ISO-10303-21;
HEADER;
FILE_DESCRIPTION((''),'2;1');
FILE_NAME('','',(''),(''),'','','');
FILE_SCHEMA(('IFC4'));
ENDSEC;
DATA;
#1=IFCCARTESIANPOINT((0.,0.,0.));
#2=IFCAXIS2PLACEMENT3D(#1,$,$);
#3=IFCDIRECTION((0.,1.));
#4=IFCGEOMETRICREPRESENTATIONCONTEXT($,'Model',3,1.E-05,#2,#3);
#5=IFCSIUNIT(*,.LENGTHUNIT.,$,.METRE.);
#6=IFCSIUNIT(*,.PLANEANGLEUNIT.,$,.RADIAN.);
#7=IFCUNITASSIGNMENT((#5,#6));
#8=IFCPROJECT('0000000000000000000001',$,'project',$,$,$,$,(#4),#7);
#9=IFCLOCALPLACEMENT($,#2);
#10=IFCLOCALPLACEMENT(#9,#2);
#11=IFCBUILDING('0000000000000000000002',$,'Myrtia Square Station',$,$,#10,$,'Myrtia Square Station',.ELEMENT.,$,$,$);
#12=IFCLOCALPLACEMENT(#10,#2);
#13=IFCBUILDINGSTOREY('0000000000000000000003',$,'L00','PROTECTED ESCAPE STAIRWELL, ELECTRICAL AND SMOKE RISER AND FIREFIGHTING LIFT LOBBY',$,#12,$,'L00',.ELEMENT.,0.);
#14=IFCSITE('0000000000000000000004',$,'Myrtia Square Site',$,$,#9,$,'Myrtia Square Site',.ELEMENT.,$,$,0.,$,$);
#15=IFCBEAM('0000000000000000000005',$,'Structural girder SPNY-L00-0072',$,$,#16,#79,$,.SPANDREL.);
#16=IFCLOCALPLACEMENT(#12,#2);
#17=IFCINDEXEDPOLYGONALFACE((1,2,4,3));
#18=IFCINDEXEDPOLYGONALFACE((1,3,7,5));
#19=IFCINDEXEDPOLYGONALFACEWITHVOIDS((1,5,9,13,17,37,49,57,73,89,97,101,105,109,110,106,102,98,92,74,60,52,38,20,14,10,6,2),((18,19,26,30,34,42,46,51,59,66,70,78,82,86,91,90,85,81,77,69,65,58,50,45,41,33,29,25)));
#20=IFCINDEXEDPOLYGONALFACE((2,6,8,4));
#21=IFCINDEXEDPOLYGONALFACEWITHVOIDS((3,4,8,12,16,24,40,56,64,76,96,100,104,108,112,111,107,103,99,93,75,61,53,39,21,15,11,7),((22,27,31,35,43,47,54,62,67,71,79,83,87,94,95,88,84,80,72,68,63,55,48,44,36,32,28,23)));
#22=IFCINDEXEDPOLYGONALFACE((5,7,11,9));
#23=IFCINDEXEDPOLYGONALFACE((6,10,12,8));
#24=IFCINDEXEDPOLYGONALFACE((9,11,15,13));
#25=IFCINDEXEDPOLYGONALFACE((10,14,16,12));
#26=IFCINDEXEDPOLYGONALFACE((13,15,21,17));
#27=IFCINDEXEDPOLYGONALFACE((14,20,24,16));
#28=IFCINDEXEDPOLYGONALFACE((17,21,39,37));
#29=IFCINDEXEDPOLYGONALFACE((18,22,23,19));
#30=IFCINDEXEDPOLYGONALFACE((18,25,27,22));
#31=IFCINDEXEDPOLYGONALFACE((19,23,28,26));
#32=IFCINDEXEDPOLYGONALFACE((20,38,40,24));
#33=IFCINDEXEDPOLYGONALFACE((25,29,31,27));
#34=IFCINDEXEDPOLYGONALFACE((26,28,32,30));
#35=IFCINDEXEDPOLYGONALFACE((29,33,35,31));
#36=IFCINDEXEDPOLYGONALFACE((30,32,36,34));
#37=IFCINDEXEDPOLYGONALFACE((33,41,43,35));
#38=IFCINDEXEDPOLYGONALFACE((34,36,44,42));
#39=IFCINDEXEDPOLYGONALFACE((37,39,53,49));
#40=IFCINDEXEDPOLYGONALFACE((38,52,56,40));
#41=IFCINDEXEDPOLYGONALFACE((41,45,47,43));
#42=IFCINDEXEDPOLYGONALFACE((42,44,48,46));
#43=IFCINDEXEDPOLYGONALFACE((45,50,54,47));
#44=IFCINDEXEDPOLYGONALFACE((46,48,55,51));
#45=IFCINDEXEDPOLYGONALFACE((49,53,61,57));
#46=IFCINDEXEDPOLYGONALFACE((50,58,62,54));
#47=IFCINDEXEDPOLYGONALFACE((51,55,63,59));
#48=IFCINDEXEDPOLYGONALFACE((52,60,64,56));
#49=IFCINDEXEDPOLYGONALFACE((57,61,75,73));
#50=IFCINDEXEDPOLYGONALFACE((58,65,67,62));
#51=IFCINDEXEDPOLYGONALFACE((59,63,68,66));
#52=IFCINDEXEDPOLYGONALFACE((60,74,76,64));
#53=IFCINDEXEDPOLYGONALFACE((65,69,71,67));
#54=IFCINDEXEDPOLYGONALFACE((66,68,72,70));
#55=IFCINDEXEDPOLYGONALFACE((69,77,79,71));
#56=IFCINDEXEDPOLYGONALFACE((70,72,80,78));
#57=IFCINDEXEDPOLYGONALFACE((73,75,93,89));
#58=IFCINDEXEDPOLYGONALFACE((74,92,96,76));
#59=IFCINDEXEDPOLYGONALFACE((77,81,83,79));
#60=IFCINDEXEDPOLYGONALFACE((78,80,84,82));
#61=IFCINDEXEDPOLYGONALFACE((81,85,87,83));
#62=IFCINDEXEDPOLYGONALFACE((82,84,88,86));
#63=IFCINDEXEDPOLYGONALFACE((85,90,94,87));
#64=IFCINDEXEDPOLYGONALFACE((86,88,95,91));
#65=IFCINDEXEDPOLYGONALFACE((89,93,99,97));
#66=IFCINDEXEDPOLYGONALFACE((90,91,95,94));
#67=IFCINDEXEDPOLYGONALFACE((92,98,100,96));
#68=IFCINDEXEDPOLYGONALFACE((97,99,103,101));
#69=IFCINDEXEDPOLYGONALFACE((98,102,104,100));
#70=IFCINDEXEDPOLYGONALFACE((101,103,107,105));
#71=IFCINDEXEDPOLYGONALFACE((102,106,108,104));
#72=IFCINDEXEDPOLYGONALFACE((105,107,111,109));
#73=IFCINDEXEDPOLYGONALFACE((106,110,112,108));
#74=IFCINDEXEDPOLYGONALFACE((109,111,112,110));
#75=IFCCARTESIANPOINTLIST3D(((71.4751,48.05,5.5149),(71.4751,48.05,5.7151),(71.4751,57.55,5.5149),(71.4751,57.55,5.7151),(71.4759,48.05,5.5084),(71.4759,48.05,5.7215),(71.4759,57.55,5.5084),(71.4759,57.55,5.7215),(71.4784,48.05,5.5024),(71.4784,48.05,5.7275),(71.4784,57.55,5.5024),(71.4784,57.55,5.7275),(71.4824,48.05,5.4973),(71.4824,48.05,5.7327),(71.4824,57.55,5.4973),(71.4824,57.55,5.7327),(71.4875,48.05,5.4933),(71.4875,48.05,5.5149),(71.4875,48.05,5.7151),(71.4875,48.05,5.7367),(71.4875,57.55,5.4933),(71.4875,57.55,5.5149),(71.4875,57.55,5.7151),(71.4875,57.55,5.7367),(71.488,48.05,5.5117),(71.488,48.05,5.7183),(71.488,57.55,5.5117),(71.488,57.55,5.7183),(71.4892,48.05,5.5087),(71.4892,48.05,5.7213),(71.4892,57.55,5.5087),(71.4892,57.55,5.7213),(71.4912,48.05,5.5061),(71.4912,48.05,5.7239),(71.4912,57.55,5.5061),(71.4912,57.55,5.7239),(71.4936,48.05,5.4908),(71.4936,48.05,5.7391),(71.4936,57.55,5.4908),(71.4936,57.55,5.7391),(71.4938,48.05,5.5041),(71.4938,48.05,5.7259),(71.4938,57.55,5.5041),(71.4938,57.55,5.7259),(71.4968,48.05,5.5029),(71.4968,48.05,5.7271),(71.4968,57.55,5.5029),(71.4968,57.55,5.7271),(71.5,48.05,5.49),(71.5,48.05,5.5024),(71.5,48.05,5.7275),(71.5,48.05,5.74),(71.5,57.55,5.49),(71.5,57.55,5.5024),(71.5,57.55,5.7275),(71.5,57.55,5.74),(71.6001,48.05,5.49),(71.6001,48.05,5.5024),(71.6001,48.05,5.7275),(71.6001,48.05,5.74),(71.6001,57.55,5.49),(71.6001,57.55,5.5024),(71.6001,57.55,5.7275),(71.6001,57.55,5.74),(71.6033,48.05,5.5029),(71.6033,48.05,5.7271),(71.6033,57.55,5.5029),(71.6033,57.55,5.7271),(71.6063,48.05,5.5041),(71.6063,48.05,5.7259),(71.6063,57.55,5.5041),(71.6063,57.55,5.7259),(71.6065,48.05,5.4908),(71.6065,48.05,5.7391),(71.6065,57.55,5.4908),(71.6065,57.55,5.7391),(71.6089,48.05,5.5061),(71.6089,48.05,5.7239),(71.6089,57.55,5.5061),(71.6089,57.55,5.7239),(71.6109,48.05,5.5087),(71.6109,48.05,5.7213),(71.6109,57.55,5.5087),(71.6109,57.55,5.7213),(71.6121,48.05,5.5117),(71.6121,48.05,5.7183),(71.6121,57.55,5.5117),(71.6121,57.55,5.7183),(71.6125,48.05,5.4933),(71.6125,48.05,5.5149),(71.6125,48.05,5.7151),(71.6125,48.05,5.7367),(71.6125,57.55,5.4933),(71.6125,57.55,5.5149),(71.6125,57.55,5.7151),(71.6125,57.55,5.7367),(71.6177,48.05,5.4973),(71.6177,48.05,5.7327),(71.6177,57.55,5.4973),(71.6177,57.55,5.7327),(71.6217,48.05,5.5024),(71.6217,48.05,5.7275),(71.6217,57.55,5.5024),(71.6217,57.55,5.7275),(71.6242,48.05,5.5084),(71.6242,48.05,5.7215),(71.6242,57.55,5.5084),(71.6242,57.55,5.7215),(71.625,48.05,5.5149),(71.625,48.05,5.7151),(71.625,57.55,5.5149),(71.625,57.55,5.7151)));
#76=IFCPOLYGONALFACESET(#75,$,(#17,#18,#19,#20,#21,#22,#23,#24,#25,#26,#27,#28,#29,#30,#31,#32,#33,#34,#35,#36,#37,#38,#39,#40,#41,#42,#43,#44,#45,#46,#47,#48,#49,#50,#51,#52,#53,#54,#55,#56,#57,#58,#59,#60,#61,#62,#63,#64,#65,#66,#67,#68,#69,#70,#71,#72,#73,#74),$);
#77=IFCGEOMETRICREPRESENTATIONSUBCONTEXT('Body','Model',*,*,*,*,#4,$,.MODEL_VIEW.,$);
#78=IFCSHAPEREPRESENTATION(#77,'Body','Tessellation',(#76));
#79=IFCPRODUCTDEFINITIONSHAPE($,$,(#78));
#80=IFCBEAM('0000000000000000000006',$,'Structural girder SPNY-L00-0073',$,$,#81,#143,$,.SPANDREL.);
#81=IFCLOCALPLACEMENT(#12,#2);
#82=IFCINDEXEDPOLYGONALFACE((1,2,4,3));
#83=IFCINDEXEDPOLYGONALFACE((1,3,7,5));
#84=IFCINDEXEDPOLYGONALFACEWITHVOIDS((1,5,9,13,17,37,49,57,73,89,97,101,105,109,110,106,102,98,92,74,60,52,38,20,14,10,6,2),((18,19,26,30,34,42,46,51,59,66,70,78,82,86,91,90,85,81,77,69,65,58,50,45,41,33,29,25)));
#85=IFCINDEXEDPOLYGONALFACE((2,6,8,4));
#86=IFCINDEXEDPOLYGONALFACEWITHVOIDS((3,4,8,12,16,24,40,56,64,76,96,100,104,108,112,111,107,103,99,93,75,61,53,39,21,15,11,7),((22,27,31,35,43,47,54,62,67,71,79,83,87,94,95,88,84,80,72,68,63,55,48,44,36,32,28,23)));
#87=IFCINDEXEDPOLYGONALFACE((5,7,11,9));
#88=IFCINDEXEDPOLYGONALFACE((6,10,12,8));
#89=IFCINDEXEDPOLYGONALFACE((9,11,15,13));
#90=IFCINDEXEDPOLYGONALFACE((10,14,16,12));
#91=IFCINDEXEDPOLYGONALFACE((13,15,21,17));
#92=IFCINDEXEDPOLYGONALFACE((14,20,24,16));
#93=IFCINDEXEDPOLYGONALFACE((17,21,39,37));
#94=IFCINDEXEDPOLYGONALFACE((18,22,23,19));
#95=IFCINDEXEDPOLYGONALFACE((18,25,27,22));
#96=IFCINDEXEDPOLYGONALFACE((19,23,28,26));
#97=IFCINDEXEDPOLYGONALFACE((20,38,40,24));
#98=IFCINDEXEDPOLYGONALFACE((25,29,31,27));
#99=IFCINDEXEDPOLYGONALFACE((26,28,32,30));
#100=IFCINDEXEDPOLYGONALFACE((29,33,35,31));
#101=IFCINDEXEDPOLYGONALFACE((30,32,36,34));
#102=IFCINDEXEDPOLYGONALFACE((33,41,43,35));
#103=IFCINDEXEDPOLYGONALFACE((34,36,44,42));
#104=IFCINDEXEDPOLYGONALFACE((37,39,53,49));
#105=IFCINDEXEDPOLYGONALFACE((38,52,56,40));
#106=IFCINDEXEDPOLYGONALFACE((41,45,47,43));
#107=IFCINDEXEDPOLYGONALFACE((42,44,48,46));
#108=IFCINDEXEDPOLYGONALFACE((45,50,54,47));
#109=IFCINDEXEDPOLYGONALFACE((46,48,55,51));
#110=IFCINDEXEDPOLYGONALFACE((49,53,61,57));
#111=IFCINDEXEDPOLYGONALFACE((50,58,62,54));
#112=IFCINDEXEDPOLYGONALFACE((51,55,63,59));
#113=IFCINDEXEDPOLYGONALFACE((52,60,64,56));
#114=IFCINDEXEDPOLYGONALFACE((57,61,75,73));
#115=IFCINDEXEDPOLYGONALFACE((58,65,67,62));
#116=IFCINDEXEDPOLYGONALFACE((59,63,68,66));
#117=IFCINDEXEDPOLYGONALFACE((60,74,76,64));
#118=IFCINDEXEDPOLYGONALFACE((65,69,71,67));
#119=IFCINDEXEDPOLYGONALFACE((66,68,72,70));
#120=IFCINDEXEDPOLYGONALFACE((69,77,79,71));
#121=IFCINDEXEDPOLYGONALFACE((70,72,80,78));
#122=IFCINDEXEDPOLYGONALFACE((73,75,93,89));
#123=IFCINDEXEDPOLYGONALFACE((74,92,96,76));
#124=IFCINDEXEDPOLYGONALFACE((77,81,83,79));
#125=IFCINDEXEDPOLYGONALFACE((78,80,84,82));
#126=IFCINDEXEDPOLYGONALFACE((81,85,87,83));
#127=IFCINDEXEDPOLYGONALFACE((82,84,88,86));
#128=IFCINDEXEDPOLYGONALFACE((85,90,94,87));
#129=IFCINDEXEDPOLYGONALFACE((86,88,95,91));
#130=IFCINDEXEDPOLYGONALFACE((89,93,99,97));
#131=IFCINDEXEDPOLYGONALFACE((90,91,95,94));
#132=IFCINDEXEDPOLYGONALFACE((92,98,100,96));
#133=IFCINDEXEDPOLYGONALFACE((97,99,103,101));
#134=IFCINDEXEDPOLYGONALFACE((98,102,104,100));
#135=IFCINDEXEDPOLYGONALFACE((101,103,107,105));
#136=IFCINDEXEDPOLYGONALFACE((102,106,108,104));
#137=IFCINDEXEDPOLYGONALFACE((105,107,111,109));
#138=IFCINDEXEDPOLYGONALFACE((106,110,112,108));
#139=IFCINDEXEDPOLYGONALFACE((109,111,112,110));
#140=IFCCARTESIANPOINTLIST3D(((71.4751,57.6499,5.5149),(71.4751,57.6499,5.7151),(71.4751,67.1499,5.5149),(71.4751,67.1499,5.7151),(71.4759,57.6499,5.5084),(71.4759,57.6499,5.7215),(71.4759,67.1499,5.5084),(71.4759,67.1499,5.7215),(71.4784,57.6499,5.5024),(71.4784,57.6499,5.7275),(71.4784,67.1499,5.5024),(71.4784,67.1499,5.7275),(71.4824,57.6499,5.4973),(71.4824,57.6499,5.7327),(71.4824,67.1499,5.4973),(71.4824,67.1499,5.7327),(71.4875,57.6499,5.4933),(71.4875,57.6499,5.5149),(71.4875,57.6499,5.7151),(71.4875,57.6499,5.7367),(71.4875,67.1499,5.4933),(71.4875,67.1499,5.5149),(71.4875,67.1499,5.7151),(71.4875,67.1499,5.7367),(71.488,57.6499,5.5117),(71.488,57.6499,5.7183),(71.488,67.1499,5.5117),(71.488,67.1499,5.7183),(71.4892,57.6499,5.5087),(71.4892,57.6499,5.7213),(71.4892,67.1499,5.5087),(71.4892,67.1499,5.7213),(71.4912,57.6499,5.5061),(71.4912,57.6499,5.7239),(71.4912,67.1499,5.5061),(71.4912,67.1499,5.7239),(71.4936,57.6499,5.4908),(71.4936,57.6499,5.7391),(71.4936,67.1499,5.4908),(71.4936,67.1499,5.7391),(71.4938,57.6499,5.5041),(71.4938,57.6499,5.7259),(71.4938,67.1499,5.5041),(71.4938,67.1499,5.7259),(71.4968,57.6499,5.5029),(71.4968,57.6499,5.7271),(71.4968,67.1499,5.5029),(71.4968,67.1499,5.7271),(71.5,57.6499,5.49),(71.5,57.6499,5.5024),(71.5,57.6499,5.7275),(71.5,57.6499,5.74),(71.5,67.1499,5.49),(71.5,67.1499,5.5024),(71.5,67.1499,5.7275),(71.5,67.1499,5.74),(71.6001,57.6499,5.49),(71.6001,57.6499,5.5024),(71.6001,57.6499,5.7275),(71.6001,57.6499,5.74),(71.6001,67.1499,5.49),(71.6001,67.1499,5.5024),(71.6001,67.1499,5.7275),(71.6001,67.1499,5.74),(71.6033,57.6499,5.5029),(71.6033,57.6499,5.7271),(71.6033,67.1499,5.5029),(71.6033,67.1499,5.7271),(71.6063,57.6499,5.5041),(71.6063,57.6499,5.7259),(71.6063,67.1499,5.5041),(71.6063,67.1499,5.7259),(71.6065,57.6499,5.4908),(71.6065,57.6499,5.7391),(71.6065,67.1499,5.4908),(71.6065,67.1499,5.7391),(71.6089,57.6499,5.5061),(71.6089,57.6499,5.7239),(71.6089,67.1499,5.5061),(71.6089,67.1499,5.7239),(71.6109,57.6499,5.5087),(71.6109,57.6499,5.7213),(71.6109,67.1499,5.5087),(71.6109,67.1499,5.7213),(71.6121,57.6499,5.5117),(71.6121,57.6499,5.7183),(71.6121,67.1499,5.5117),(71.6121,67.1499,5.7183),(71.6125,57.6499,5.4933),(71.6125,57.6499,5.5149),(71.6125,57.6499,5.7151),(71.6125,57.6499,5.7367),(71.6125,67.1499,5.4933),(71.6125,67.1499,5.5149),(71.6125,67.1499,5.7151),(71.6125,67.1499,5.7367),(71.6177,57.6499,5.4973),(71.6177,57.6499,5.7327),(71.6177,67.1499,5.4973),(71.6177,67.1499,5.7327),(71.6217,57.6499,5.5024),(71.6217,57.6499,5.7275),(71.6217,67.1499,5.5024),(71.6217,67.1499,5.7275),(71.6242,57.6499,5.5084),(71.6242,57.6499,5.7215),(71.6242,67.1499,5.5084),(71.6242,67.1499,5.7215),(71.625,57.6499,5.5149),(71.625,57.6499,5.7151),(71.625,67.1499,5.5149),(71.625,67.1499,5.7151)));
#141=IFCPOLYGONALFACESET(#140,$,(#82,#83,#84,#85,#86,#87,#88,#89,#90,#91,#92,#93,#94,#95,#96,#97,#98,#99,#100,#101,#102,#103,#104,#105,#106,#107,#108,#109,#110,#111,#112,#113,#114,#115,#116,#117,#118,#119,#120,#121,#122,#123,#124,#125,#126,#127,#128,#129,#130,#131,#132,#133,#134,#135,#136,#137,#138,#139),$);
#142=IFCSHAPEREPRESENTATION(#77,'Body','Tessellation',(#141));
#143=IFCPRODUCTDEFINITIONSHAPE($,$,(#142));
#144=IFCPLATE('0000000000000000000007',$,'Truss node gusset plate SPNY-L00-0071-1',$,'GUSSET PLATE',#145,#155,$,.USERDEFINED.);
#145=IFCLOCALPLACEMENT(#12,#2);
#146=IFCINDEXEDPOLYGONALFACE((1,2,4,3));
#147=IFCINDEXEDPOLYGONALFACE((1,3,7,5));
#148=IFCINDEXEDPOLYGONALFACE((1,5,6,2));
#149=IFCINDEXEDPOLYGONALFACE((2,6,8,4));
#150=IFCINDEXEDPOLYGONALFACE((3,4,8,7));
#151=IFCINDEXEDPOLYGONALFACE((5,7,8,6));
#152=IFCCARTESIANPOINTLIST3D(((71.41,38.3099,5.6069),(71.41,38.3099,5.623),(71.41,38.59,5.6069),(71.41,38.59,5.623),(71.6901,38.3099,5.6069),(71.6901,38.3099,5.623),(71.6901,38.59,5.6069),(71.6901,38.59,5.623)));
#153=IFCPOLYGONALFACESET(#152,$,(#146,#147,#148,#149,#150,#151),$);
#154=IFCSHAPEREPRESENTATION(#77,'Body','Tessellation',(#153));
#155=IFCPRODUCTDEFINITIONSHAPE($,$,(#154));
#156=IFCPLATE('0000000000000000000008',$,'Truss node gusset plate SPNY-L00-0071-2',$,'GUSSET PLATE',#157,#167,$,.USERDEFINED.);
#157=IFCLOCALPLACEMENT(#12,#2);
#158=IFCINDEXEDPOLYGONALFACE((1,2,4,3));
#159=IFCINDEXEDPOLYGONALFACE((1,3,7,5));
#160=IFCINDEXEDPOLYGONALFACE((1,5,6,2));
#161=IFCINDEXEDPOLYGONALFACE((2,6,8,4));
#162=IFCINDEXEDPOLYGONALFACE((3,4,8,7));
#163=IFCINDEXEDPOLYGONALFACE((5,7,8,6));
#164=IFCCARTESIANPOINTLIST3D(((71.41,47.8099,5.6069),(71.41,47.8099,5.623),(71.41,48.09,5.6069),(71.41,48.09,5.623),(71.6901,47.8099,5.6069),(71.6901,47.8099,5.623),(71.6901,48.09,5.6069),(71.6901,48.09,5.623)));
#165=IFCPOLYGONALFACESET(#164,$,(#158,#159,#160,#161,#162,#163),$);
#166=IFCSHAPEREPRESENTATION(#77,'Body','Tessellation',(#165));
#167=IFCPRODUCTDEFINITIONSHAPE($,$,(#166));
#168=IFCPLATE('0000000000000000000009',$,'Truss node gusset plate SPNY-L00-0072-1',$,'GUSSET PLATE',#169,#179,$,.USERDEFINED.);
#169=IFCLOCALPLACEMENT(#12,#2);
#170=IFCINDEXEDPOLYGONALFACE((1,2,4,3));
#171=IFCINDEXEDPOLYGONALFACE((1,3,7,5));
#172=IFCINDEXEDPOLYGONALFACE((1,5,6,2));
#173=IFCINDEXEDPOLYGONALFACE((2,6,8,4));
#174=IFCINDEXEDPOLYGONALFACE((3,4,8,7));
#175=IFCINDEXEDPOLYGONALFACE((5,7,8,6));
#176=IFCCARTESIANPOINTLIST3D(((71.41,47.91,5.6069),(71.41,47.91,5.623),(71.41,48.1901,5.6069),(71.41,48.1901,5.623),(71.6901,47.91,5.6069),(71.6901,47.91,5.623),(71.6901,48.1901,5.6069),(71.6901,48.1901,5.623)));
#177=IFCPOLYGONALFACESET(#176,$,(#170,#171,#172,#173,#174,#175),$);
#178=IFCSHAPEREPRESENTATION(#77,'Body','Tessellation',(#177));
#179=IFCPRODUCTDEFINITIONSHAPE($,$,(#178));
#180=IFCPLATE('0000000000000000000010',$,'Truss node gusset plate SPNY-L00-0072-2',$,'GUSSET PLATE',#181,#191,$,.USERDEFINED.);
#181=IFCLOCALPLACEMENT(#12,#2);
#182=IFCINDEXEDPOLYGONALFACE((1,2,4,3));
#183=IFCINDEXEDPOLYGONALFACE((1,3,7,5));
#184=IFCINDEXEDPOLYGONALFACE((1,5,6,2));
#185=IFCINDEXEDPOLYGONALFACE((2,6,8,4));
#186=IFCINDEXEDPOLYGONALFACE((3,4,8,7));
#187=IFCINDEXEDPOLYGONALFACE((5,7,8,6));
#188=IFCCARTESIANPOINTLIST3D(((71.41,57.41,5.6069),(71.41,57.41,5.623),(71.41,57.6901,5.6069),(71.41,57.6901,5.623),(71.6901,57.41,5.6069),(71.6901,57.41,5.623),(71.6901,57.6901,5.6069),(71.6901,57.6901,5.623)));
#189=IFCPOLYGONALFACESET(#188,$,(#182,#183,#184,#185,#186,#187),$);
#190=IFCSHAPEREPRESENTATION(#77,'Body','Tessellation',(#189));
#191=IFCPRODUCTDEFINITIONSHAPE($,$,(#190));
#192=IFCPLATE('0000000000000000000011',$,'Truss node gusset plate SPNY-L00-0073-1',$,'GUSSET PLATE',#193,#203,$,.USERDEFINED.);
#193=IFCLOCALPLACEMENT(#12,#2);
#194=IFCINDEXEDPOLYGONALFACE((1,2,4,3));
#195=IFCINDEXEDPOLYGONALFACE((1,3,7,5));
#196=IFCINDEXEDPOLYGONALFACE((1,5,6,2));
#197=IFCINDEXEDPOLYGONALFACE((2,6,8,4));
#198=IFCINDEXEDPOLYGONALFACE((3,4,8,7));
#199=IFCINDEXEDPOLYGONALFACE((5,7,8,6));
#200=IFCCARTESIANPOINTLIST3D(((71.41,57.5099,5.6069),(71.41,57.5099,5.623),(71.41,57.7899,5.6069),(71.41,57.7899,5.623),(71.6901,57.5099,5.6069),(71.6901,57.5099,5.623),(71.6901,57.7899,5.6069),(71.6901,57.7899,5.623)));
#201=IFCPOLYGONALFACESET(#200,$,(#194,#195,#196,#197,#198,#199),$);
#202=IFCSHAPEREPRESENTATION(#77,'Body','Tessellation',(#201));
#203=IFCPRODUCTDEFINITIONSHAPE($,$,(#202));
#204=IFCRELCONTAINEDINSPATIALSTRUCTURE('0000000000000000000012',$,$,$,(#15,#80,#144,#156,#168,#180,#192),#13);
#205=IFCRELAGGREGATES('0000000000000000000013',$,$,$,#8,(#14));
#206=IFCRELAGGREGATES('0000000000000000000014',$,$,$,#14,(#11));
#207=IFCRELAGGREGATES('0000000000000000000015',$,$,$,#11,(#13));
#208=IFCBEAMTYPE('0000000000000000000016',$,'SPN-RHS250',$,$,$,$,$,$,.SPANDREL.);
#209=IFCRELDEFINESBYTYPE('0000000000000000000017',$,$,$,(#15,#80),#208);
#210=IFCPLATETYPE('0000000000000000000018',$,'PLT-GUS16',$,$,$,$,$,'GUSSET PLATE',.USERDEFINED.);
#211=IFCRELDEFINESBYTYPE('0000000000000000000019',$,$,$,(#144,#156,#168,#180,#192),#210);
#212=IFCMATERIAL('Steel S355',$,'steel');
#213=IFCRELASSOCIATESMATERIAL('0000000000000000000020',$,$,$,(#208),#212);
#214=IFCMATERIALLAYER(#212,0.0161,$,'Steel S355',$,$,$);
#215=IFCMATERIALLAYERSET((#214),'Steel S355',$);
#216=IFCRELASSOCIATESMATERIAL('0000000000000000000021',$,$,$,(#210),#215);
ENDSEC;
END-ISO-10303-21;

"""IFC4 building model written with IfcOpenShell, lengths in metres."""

from ifc_helpers import new_model, si_unit, direction, frame, origin, origin_2d, place, context, subcontext, project, spatial, rectangle, hollow_rectangle, extrude, material, layer, layer_set, material_profile, profile_set, type_object, element, save


model = new_model("IFC4")

# Units and contexts
model_context = context("Model", 3, precision=1e-05, world=origin(), true_north=direction((0.0, 1.0)))
body_context = subcontext(model_context, "Body", "Model", "MODEL_VIEW")
ifc_project = project(units=[si_unit("LENGTHUNIT", "METRE"), si_unit("PLANEANGLEUNIT", "RADIAN")], contexts=[model_context])

# Site, building, storey
site_placement = place(None, origin())
site = spatial("IfcSite", under=ifc_project, at=site_placement, Name="Myrtia Square Site", LongName="Myrtia Square Site", CompositionType="ELEMENT", RefElevation=0.0)
building_placement = place(site_placement, origin())
building = spatial("IfcBuilding", under=site, at=building_placement, Name="Myrtia Square Station", LongName="Myrtia Square Station", CompositionType="ELEMENT")
storey_placement = place(building_placement, origin())
storey = spatial("IfcBuildingStorey", under=building, at=storey_placement, Name="L00", Description="PROTECTED ESCAPE STAIRWELL, ELECTRICAL AND SMOKE RISER AND FIREFIGHTING LIFT LOBBY", LongName="L00", CompositionType="ELEMENT", Elevation=0.0)

# Shared definitions
ifc_material_1 = material(Name="Steel S355", Category="steel")

# Beams
ifc_material_profile_1 = material_profile(ifc_material_1, hollow_rectangle(XDim=0.1499, YDim=0.25, WallThickness=0.0125, InnerFilletRadius=0.0125, OuterFilletRadius=0.0249, at=origin_2d()), Name="RHS 250x150x12.5")
ifc_profile_set_1 = profile_set([ifc_material_profile_1], Name="Steel S355")
beam_type_1 = type_object("IfcBeamType", Name="SPN-RHS250", PredefinedType="SPANDREL", material=ifc_profile_set_1)
for number, where, z_axis, x_axis, name in (
    (1, (71.55, 48.05, 5.615), (0.0, 1.0, 0.0), (-1.0, 0.0, 0.0), "Structural girder SPNY-L00-0072"),
    (2, (71.55, 57.6499, 5.615), (0.0, 1.0, 0.0), (-1.0, 0.0, 0.0), "Structural girder SPNY-L00-0073"),
):
    element("IfcBeam", number, at=place(storey_placement, frame(where, z_axis=z_axis, x_axis=x_axis)), inside=storey, type_object=beam_type_1, Name=name, PredefinedType="SPANDREL", context=body_context, shape_type="SweptSolid", body=[
        extrude(hollow_rectangle(XDim=0.1499, YDim=0.25, WallThickness=0.0125, InnerFilletRadius=0.0125, OuterFilletRadius=0.0249, at=origin_2d()), origin(), (0.0, 0.0, 1.0), 9.5),
    ])

# Plates
ifc_layer_1 = layer(ifc_material_1, 0.0161, Name="Steel S355")
ifc_layer_set_1 = layer_set([ifc_layer_1], Name="Steel S355")
plate_type_1 = type_object("IfcPlateType", Name="PLT-GUS16", ElementType="GUSSET PLATE", PredefinedType="USERDEFINED", material=ifc_layer_set_1)
for number, where, z_axis, x_axis, name in (
    (3, (71.55, 38.45, 5.6069), (0.0, 0.0, 1.0), (0.0, 1.0, 0.0), "Truss node gusset plate SPNY-L00-0071-1"),
    (4, (71.55, 47.95, 5.6069), (0.0, 0.0, 1.0), (0.0, 1.0, 0.0), "Truss node gusset plate SPNY-L00-0071-2"),
    (5, (71.55, 48.05, 5.6069), (0.0, 0.0, 1.0), (0.0, 1.0, 0.0), "Truss node gusset plate SPNY-L00-0072-1"),
    (6, (71.55, 57.55, 5.6069), (0.0, 0.0, 1.0), (0.0, 1.0, 0.0), "Truss node gusset plate SPNY-L00-0072-2"),
    (7, (71.55, 57.6499, 5.6069), (0.0, 0.0, 1.0), (0.0, 1.0, 0.0), "Truss node gusset plate SPNY-L00-0073-1"),
):
    element("IfcPlate", number, at=place(storey_placement, frame(where, z_axis=z_axis, x_axis=x_axis)), inside=storey, type_object=plate_type_1, Name=name, ObjectType="GUSSET PLATE", PredefinedType="USERDEFINED", context=body_context, shape_type="SweptSolid", body=[
        extrude(rectangle(XDim=0.28, YDim=0.28, at=origin_2d()), origin(), (0.0, 0.0, 1.0), 0.0161),
    ])

save(model, "model.ifc")
